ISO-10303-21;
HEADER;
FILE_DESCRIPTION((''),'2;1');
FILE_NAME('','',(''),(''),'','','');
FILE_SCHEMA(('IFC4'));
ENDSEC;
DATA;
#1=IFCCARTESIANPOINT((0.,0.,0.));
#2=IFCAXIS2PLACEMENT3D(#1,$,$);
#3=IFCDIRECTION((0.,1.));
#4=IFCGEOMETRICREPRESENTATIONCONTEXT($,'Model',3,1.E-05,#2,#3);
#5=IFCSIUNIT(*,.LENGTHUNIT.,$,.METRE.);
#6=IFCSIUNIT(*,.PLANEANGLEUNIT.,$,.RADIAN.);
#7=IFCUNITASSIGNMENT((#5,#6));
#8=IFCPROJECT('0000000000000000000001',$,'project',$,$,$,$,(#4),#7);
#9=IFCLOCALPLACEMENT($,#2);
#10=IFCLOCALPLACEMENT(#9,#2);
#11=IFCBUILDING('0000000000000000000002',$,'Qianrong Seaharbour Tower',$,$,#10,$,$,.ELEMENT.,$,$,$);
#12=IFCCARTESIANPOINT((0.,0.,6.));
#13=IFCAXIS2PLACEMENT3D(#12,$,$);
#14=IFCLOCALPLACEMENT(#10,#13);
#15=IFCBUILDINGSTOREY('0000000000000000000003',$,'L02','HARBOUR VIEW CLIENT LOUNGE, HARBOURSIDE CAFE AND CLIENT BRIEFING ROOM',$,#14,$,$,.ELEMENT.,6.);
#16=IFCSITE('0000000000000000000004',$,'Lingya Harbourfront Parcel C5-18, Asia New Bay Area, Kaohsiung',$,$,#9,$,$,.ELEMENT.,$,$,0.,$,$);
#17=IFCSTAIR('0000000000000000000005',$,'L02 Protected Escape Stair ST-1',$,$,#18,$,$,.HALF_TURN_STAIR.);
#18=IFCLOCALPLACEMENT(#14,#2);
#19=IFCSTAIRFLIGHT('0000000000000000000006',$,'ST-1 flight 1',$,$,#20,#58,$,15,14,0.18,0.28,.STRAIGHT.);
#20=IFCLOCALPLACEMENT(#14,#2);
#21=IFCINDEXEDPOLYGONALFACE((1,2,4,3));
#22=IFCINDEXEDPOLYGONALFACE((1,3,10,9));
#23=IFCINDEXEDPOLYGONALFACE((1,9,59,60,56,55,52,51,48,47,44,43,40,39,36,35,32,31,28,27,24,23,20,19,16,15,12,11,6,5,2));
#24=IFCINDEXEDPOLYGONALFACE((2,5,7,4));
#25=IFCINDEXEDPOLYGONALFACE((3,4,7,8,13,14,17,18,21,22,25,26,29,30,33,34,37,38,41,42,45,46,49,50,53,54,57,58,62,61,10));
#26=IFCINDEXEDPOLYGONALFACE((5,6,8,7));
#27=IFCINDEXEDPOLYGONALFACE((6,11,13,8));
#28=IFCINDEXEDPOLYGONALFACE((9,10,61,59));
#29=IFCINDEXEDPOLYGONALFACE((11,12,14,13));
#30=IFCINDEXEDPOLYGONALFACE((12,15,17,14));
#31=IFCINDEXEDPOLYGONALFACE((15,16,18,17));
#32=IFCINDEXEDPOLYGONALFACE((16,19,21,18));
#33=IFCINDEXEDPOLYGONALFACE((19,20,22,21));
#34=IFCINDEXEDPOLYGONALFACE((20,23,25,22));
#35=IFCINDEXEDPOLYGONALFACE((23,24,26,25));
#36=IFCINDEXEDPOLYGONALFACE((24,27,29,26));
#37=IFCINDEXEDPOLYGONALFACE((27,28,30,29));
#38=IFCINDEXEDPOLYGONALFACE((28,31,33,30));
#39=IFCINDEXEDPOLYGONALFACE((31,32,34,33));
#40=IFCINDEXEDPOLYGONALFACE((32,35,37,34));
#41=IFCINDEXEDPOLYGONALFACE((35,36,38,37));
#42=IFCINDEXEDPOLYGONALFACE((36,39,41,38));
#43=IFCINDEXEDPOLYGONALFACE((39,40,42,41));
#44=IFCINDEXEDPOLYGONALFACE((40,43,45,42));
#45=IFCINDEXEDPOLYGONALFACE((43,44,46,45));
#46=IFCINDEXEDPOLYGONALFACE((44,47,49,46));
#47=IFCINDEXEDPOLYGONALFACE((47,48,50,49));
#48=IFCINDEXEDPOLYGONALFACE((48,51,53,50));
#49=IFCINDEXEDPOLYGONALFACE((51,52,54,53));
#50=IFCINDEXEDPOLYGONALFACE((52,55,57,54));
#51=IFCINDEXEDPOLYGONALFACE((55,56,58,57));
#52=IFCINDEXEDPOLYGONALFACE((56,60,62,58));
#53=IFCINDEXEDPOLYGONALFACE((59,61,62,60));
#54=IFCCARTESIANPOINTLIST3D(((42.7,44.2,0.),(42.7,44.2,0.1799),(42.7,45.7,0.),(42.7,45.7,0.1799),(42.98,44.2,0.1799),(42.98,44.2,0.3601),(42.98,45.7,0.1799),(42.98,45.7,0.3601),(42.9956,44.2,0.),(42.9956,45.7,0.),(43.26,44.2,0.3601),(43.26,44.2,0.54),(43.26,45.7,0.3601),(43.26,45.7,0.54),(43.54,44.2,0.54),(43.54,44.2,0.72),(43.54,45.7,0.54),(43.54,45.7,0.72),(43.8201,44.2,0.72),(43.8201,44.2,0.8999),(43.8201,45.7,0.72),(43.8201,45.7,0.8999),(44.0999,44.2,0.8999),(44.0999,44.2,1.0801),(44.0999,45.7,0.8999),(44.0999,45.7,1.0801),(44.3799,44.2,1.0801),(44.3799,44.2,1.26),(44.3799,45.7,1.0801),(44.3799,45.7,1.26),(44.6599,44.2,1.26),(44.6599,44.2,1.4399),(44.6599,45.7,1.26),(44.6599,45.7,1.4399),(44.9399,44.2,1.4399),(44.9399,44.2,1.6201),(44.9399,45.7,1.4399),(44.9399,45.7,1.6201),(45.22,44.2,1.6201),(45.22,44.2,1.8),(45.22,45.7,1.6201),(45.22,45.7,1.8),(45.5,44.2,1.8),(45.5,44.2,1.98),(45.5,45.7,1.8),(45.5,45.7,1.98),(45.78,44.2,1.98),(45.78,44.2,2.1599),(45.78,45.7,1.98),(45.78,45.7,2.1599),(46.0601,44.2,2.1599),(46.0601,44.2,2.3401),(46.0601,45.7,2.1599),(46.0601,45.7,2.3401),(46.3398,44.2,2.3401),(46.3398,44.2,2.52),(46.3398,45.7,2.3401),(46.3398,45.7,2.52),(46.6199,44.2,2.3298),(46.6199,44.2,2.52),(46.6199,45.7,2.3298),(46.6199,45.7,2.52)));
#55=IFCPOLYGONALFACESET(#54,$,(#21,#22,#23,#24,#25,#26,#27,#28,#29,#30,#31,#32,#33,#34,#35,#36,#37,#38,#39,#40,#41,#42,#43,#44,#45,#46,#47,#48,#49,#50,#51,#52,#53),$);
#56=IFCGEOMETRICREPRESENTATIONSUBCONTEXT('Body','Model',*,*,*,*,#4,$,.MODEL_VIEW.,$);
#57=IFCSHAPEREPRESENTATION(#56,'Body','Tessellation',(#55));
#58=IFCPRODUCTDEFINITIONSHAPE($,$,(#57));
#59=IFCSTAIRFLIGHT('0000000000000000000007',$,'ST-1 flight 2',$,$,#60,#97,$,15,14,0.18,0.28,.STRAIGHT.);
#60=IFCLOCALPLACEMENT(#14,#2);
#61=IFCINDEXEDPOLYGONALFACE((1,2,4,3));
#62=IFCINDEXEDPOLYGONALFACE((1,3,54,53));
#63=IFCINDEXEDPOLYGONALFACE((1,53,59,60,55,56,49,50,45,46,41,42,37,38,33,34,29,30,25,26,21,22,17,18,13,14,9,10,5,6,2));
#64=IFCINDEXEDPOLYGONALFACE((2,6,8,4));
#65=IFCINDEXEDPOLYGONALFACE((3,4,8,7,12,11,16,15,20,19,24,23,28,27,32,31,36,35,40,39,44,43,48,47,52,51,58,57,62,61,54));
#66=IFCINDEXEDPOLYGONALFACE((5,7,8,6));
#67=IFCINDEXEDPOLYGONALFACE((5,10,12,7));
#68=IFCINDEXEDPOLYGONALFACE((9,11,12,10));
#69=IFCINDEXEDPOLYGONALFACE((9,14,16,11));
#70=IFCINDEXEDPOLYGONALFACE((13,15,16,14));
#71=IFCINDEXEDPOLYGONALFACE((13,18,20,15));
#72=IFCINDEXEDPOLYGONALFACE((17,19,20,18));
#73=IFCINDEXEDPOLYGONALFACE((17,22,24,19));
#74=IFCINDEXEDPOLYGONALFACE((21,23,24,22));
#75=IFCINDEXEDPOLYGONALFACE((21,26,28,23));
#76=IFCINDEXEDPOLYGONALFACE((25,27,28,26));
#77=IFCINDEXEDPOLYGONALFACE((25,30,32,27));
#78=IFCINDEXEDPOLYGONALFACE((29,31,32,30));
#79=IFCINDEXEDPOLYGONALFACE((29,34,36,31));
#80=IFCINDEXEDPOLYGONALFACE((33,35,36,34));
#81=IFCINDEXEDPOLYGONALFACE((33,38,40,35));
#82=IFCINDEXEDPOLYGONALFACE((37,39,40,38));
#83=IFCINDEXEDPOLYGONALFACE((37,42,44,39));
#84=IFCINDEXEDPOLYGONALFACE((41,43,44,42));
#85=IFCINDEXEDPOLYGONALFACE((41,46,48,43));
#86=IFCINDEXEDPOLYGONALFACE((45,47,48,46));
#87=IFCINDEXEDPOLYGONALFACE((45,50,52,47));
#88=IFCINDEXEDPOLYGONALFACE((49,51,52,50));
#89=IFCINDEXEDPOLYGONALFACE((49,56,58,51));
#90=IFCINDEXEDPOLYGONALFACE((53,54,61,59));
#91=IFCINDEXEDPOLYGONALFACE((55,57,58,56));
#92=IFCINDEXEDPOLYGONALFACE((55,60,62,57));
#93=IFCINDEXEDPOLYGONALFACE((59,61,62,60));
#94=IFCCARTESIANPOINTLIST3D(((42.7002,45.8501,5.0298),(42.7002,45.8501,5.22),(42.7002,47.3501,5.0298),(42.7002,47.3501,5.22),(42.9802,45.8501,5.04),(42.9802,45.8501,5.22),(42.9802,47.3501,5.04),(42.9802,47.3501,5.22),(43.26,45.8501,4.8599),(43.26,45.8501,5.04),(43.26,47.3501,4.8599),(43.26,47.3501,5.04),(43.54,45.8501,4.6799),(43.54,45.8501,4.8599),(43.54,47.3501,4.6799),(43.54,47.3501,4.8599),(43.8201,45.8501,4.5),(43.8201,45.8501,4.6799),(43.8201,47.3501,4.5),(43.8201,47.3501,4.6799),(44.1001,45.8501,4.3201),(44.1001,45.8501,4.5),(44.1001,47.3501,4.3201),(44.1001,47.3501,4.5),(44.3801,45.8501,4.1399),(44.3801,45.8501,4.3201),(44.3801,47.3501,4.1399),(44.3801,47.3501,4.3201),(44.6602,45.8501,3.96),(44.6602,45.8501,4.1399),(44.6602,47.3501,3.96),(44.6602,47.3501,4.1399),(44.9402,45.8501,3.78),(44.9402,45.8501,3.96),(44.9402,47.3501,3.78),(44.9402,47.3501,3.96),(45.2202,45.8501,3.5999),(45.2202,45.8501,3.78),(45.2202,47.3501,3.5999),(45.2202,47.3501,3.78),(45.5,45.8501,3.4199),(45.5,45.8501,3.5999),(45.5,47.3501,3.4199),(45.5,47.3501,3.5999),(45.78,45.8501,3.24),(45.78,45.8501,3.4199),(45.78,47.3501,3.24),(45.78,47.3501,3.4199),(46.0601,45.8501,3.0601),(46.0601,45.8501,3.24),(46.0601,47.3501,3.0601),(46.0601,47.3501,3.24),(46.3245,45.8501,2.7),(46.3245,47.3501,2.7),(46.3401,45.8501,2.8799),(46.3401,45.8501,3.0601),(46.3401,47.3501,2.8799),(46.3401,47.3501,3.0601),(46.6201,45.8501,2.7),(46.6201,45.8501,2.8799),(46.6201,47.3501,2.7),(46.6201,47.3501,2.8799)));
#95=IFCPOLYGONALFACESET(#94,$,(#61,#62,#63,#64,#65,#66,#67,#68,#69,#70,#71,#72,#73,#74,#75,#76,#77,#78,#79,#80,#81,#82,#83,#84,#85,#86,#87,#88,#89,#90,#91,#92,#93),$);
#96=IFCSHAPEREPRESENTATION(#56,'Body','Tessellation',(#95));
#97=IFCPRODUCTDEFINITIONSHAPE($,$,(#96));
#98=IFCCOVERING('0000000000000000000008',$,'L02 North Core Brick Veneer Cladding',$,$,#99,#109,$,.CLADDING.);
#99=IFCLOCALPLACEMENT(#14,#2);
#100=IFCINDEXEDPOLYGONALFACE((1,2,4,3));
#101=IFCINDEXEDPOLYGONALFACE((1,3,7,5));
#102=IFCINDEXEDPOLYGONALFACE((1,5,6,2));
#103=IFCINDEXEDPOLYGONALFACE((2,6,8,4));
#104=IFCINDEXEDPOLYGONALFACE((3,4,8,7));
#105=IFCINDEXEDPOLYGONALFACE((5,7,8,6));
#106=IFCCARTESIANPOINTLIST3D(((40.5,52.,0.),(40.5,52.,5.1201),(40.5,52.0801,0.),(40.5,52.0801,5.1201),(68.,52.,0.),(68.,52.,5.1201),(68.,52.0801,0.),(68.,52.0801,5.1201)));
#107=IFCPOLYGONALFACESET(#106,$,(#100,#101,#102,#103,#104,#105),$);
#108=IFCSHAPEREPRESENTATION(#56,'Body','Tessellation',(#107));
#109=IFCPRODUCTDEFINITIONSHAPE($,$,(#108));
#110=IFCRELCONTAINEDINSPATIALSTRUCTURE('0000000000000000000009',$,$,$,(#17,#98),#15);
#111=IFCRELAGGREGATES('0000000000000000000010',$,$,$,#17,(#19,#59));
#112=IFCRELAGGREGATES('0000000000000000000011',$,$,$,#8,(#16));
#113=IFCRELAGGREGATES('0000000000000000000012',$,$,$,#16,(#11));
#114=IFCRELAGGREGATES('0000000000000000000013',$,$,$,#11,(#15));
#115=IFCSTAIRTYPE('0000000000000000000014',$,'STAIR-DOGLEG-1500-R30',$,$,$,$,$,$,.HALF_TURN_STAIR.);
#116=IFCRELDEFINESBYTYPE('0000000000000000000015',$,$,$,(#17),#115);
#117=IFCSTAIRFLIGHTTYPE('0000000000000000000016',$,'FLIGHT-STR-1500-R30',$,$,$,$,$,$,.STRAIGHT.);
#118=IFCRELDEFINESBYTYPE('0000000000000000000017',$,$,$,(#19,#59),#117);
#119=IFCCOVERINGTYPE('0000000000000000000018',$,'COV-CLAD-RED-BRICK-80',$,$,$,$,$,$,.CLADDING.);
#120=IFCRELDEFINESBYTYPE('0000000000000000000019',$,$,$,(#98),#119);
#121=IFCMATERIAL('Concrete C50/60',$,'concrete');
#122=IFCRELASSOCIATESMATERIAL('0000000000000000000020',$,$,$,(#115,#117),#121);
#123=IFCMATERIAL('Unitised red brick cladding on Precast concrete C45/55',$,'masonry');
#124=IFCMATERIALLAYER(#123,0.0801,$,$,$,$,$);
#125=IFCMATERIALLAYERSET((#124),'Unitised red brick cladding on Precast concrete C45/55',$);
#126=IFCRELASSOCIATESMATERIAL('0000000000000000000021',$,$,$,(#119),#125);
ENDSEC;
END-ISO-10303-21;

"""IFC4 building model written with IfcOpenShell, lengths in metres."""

from ifc_helpers import new_model, si_unit, direction, frame, origin, origin_2d, place, context, subcontext, project, spatial, polyline, rectangle, outline, extrude, material, layer, layer_set, type_object, element, aggregate, save


model = new_model("IFC4")

# Units and contexts
model_context = context("Model", 3, precision=1e-05, world=origin(), true_north=direction((0.0, 1.0)))
body_context = subcontext(model_context, "Body", "Model", "MODEL_VIEW")
ifc_project = project(units=[si_unit("LENGTHUNIT", "METRE"), si_unit("PLANEANGLEUNIT", "RADIAN")], contexts=[model_context])

# Site, building, storey
site_placement = place(None, origin())
site = spatial("IfcSite", under=ifc_project, at=site_placement, Name="Lingya Harbourfront Parcel C5-18, Asia New Bay Area, Kaohsiung", CompositionType="ELEMENT", RefElevation=0.0)
building_placement = place(site_placement, origin())
building = spatial("IfcBuilding", under=site, at=building_placement, Name="Qianrong Seaharbour Tower", CompositionType="ELEMENT")
storey_placement = place(building_placement, frame((0.0, 0.0, 6.0)))
storey = spatial("IfcBuildingStorey", under=building, at=storey_placement, Name="L02", Description="HARBOUR VIEW CLIENT LOUNGE, HARBOURSIDE CAFE AND CLIENT BRIEFING ROOM", CompositionType="ELEMENT", Elevation=6.0)

# Shared definitions
ifc_material_1 = material(Name="Concrete C50/60", Category="concrete")

# Stair, stair flights
stair_type = type_object("IfcStairType", Name="STAIR-DOGLEG-1500-R30", PredefinedType="HALF_TURN_STAIR", material=ifc_material_1)
stair_placement = place(storey_placement, origin())
stair = element("IfcStair", 1, at=stair_placement, inside=storey, type_object=stair_type, Name="L02 Protected Escape Stair ST-1", PredefinedType="HALF_TURN_STAIR")
stair_flight_type = type_object("IfcStairFlightType", Name="FLIGHT-STR-1500-R30", PredefinedType="STRAIGHT", material=ifc_material_1)
stair_flight_1_placement = place(storey_placement, frame((42.7, 44.95, 0.0), z_axis=(0.0, 0.0, 1.0), x_axis=(1.0, 0.0, 0.0)))
stair_flight_1 = element("IfcStairFlight", 2, at=stair_flight_1_placement, type_object=stair_flight_type, Name="ST-1 flight 1", NumberOfRisers=15, NumberOfTreads=14, PredefinedType="STRAIGHT", RiserHeight=0.18, TreadLength=0.28, context=body_context, shape_type="SweptSolid", body=[
    extrude(outline(polyline([(0.0, 0.0), (0.0, 0.1799), (0.28, 0.1799), (0.28, 0.3601), (0.5601, 0.3601), (0.5601, 0.54), (0.8401, 0.54), (0.8401, 0.72), (1.1201, 0.72), (1.1201, 0.8999), (1.3999, 0.8999), (1.3999, 1.0801), (1.6799, 1.0801), (1.6799, 1.26), (1.96, 1.26), (1.96, 1.4399), (2.24, 1.4399), (2.24, 1.6201), (2.52, 1.6201), (2.52, 1.8), (2.8, 1.8), (2.8, 1.98), (3.0801, 1.98), (3.0801, 2.1599), (3.3601, 2.1599), (3.3601, 2.3401), (3.6399, 2.3401), (3.6399, 2.52), (3.9199, 2.52), (3.9199, 2.7), (3.9199, 2.3298), (0.2957, 0.0), (0.0, 0.0)])), frame((0.0, 0.75, 0.0), z_axis=(0.0, -1.0, 0.0), x_axis=(1.0, 0.0, 0.0)), (0.0, 0.0, 1.0), 1.5),
])
stair_flight_2_placement = place(storey_placement, frame((46.6201, 46.6001, 2.7), z_axis=(0.0, 0.0, 1.0), x_axis=(-1.0, 0.0, 0.0)))
stair_flight_2 = element("IfcStairFlight", 3, at=stair_flight_2_placement, type_object=stair_flight_type, Name="ST-1 flight 2", NumberOfRisers=15, NumberOfTreads=14, PredefinedType="STRAIGHT", RiserHeight=0.18, TreadLength=0.28, context=body_context, shape_type="SweptSolid", body=[
    extrude(outline(polyline([(0.0, 0.0), (0.0, 0.1799), (0.28, 0.1799), (0.28, 0.3601), (0.5601, 0.3601), (0.5601, 0.54), (0.8401, 0.54), (0.8401, 0.72), (1.1201, 0.72), (1.1201, 0.8999), (1.3999, 0.8999), (1.3999, 1.0801), (1.6799, 1.0801), (1.6799, 1.26), (1.96, 1.26), (1.96, 1.4399), (2.24, 1.4399), (2.24, 1.6201), (2.52, 1.6201), (2.52, 1.8), (2.8, 1.8), (2.8, 1.98), (3.0801, 1.98), (3.0801, 2.1599), (3.3601, 2.1599), (3.3601, 2.3401), (3.6399, 2.3401), (3.6399, 2.52), (3.9199, 2.52), (3.9199, 2.7), (3.9199, 2.3298), (0.2957, 0.0), (0.0, 0.0)])), frame((0.0, 0.75, 0.0), z_axis=(0.0, -1.0, 0.0), x_axis=(1.0, 0.0, 0.0)), (0.0, 0.0, 1.0), 1.5),
])
aggregate(stair, [stair_flight_1, stair_flight_2])

# Covering
ifc_material_2 = material(Name="Unitised red brick cladding on Precast concrete C45/55", Category="masonry")
ifc_layer_1 = layer(ifc_material_2, 0.0801)
ifc_layer_set_1 = layer_set([ifc_layer_1], Name="Unitised red brick cladding on Precast concrete C45/55")
covering_type = type_object("IfcCoveringType", Name="COV-CLAD-RED-BRICK-80", PredefinedType="CLADDING", material=ifc_layer_set_1)
covering_placement = place(storey_placement, frame((54.25, 52.04, 0.0), z_axis=(0.0, 0.0, 1.0), x_axis=(1.0, 0.0, 0.0)))
element("IfcCovering", 4, at=covering_placement, inside=storey, type_object=covering_type, Name="L02 North Core Brick Veneer Cladding", PredefinedType="CLADDING", context=body_context, shape_type="SweptSolid", body=[
    extrude(rectangle(XDim=27.5, YDim=0.0801, at=origin_2d()), origin(), (0.0, 0.0, 1.0), 5.1201),
])

save(model, "model.ifc")
